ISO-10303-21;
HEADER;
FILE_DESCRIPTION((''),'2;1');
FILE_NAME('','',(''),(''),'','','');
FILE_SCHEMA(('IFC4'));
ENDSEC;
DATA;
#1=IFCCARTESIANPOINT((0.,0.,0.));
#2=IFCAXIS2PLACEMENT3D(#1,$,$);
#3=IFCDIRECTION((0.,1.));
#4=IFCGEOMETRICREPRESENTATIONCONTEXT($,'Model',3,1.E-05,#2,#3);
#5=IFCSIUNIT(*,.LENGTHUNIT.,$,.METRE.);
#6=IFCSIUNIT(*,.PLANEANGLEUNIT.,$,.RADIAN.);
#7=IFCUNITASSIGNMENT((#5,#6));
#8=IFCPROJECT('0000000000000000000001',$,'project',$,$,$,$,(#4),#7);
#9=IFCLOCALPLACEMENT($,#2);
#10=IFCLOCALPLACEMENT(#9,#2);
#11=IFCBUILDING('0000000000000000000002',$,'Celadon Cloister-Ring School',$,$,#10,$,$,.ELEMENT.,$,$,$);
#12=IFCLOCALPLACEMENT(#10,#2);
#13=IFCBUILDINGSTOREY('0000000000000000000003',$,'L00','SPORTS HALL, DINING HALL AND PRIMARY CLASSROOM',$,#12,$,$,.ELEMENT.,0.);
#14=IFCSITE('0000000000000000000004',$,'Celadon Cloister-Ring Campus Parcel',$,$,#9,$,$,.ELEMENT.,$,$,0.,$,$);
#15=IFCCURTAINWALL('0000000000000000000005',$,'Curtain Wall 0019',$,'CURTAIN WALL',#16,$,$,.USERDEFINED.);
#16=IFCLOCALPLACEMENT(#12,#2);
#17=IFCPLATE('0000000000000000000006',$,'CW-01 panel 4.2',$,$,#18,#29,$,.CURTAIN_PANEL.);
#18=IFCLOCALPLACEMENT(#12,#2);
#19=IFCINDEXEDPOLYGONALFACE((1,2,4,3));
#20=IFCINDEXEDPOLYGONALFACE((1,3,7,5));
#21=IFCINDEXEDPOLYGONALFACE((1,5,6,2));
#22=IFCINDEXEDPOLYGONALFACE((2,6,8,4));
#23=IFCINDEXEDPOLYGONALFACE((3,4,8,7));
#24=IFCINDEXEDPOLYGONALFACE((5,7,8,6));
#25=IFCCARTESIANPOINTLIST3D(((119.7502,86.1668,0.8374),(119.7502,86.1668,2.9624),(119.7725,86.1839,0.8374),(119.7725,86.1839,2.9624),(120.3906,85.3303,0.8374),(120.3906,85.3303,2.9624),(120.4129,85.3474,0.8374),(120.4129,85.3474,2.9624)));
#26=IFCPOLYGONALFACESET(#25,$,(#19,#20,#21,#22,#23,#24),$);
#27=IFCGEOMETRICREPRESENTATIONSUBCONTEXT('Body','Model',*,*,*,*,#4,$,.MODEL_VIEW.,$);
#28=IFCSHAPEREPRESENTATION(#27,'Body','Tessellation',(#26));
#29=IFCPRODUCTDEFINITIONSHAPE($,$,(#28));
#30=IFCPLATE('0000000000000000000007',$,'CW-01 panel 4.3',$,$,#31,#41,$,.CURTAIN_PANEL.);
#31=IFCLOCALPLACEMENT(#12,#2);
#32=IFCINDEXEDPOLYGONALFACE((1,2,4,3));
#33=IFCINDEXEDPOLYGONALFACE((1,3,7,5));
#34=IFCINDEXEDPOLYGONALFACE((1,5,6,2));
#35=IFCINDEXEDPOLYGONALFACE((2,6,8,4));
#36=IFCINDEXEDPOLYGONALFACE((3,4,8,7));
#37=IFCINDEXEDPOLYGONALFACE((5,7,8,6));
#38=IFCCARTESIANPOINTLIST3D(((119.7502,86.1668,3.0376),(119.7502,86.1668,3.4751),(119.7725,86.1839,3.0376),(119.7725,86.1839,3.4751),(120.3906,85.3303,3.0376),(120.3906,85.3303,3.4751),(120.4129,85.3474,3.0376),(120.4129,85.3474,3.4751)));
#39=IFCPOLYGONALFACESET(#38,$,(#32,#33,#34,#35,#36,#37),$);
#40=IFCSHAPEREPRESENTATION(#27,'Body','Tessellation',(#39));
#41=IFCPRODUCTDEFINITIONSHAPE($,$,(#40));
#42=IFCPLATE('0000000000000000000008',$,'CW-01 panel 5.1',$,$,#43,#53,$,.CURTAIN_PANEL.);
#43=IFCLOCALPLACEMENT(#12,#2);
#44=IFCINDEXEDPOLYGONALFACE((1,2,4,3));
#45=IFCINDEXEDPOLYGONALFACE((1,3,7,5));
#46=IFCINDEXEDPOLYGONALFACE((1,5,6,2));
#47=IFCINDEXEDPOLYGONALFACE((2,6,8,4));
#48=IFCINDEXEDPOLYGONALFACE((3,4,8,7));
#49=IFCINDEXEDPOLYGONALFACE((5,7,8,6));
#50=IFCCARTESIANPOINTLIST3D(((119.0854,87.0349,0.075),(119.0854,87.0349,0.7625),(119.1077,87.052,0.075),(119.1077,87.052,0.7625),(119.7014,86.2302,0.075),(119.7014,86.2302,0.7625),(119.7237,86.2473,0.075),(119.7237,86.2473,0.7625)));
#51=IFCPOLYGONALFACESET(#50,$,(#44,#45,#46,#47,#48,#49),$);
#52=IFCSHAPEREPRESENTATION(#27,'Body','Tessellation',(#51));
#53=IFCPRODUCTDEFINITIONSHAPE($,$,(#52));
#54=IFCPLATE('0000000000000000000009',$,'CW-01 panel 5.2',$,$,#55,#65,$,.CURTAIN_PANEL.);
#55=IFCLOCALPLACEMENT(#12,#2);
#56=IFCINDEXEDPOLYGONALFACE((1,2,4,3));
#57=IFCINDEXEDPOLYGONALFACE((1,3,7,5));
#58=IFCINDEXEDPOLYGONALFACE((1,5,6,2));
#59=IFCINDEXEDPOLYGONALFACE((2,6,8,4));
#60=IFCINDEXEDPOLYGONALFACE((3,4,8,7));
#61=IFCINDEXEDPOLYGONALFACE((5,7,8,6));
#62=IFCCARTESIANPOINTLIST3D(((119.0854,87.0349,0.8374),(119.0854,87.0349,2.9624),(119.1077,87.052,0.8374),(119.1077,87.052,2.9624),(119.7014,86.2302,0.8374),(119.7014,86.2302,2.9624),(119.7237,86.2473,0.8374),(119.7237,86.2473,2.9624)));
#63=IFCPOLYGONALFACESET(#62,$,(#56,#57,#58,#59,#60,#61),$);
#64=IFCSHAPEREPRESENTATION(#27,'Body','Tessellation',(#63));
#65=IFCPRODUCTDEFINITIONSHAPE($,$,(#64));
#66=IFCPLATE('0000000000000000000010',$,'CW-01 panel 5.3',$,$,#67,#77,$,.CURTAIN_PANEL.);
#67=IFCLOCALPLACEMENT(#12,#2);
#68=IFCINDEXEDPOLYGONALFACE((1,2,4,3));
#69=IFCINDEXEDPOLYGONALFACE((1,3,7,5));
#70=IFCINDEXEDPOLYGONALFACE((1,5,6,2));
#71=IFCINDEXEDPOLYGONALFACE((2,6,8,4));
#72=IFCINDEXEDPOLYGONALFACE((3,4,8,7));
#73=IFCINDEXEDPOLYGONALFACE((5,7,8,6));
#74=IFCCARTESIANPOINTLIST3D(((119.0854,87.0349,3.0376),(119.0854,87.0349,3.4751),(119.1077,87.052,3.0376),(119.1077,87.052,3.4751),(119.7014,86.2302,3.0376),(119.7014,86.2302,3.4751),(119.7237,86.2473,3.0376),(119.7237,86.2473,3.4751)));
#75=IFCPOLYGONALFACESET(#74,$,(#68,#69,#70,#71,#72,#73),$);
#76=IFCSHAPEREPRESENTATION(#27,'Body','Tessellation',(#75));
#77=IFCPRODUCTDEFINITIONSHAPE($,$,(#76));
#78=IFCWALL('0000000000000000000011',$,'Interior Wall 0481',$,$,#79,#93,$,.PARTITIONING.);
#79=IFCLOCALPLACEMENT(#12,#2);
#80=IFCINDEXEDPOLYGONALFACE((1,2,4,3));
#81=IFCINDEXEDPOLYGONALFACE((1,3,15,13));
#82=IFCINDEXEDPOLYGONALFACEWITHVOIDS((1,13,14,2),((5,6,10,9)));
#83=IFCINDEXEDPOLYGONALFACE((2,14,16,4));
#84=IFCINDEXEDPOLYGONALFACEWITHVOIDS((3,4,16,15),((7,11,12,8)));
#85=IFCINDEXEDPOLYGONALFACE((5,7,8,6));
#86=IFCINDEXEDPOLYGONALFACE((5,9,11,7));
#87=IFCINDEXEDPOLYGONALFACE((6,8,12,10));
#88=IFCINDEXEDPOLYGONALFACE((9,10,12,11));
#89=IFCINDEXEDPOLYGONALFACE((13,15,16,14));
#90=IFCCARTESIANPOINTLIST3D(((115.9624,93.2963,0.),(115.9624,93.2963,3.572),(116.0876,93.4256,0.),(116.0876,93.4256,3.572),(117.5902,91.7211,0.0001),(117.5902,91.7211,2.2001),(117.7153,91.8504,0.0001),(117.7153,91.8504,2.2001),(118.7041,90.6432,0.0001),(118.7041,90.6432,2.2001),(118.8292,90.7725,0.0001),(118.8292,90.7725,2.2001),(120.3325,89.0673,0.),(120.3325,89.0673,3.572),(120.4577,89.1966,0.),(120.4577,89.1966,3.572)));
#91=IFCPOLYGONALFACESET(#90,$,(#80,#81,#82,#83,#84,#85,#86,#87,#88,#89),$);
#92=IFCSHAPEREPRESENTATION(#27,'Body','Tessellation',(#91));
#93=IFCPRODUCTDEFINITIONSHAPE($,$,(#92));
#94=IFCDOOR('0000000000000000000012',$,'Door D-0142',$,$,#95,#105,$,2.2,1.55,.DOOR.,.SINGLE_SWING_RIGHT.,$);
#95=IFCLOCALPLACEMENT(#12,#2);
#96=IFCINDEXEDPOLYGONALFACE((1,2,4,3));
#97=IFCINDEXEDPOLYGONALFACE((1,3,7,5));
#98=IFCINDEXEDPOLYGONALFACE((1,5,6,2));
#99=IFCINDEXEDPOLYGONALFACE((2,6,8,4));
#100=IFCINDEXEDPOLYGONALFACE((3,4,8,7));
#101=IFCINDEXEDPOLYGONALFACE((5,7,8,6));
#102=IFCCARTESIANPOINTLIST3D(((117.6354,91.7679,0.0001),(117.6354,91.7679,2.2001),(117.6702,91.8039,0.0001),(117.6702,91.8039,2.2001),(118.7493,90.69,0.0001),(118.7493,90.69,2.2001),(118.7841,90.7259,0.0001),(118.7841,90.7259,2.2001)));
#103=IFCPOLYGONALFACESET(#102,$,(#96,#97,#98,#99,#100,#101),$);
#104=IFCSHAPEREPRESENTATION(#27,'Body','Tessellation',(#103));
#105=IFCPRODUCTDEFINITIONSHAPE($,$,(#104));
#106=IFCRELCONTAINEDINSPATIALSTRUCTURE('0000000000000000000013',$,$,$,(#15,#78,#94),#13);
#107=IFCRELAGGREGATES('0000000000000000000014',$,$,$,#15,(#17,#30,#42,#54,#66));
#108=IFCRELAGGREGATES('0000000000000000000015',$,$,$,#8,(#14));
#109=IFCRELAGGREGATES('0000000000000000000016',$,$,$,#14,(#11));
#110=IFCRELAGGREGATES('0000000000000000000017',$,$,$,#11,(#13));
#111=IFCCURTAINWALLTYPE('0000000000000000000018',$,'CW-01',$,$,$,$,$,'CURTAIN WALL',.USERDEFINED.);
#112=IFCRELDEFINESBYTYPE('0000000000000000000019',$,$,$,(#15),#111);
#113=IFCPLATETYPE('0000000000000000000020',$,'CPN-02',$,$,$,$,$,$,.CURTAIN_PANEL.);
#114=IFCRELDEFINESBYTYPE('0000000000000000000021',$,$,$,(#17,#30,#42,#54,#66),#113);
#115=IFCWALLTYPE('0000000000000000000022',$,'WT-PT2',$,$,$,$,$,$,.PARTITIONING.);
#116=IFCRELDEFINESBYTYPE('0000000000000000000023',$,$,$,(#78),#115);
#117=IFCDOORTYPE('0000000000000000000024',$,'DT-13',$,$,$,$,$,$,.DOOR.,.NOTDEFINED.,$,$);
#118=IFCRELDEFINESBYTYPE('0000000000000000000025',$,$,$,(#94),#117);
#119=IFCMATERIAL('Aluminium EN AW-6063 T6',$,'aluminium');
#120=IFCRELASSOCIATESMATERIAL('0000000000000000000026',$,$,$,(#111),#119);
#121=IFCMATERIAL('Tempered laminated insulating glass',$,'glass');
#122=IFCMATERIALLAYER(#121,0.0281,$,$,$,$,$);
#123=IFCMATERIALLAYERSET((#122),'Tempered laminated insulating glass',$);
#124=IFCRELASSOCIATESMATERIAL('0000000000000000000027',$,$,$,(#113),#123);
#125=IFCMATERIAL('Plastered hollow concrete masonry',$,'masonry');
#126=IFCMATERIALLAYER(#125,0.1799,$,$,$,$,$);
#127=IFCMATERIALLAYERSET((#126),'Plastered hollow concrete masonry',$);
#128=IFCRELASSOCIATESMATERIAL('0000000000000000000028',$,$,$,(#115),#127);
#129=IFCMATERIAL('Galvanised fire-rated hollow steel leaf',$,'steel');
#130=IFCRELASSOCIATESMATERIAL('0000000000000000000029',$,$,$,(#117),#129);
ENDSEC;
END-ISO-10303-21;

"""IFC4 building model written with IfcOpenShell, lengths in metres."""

from ifc_helpers import new_model, si_unit, direction, frame, frame_2d, origin, origin_2d, place, context, subcontext, project, spatial, rectangle, extrude, material, layer, layer_set, type_object, element, fill, aggregate, save


model = new_model("IFC4")

# Units and contexts
model_context = context("Model", 3, precision=1e-05, world=origin(), true_north=direction((0.0, 1.0)))
body_context = subcontext(model_context, "Body", "Model", "MODEL_VIEW")
ifc_project = project(units=[si_unit("LENGTHUNIT", "METRE"), si_unit("PLANEANGLEUNIT", "RADIAN")], contexts=[model_context])

# Site, building, storey
site_placement = place(None, origin())
site = spatial("IfcSite", under=ifc_project, at=site_placement, Name="Celadon Cloister-Ring Campus Parcel", CompositionType="ELEMENT", RefElevation=0.0)
building_placement = place(site_placement, origin())
building = spatial("IfcBuilding", under=site, at=building_placement, Name="Celadon Cloister-Ring School", CompositionType="ELEMENT")
storey_placement = place(building_placement, origin())
storey = spatial("IfcBuildingStorey", under=building, at=storey_placement, Name="L00", Description="SPORTS HALL, DINING HALL AND PRIMARY CLASSROOM", CompositionType="ELEMENT", Elevation=0.0)

# Curtain wall, plates
ifc_material_1 = material(Name="Aluminium EN AW-6063 T6", Category="aluminium")
curtain_wall_type = type_object("IfcCurtainWallType", Name="CW-01", ElementType="CURTAIN WALL", PredefinedType="USERDEFINED", material=ifc_material_1)
curtain_wall_placement = place(storey_placement, origin())
curtain_wall = element("IfcCurtainWall", 1, at=curtain_wall_placement, inside=storey, type_object=curtain_wall_type, Name="Curtain Wall 0019", ObjectType="CURTAIN WALL", PredefinedType="USERDEFINED")
ifc_material_2 = material(Name="Tempered laminated insulating glass", Category="glass")
ifc_layer_1 = layer(ifc_material_2, 0.0281)
ifc_layer_set_1 = layer_set([ifc_layer_1], Name="Tempered laminated insulating glass")
plate_type = type_object("IfcPlateType", Name="CPN-02", PredefinedType="CURTAIN_PANEL", material=ifc_layer_set_1)
plate_1_placement = place(storey_placement, frame((120.0815, 85.7571, 0.8374), z_axis=(0.0, 0.0, 1.0), x_axis=(-0.607876, 0.794032, 0.0)))
plate_1 = element("IfcPlate", 2, at=plate_1_placement, type_object=plate_type, Name="CW-01 panel 4.2", PredefinedType="CURTAIN_PANEL", context=body_context, shape_type="SweptSolid", body=[
    extrude(rectangle(XDim=1.0535, YDim=0.0281, at=origin_2d()), origin(), (0.0, 0.0, 1.0), 2.125),
])
plate_2_placement = place(storey_placement, frame((120.0815, 85.7571, 3.0376), z_axis=(0.0, 0.0, 1.0), x_axis=(-0.607876, 0.794032, 0.0)))
plate_2 = element("IfcPlate", 3, at=plate_2_placement, type_object=plate_type, Name="CW-01 panel 4.3", PredefinedType="CURTAIN_PANEL", context=body_context, shape_type="SweptSolid", body=[
    extrude(rectangle(XDim=1.0535, YDim=0.0281, at=origin_2d()), origin(), (0.0, 0.0, 1.0), 0.4375),
])
plate_3_placement = place(storey_placement, frame((119.4045, 86.6411, 0.075), z_axis=(0.0, 0.0, 1.0), x_axis=(-0.607876, 0.794032, 0.0)))
plate_3 = element("IfcPlate", 4, at=plate_3_placement, type_object=plate_type, Name="CW-01 panel 5.1", PredefinedType="CURTAIN_PANEL", context=body_context, shape_type="SweptSolid", body=[
    extrude(rectangle(XDim=1.0134, YDim=0.0281, at=origin_2d()), origin(), (0.0, 0.0, 1.0), 0.6875),
])
plate_4_placement = place(storey_placement, frame((119.4045, 86.6411, 0.8374), z_axis=(0.0, 0.0, 1.0), x_axis=(-0.607876, 0.794032, 0.0)))
plate_4 = element("IfcPlate", 5, at=plate_4_placement, type_object=plate_type, Name="CW-01 panel 5.2", PredefinedType="CURTAIN_PANEL", context=body_context, shape_type="SweptSolid", body=[
    extrude(rectangle(XDim=1.0134, YDim=0.0281, at=origin_2d()), origin(), (0.0, 0.0, 1.0), 2.125),
])
plate_5_placement = place(storey_placement, frame((119.4045, 86.6411, 3.0376), z_axis=(0.0, 0.0, 1.0), x_axis=(-0.607876, 0.794032, 0.0)))
plate_5 = element("IfcPlate", 6, at=plate_5_placement, type_object=plate_type, Name="CW-01 panel 5.3", PredefinedType="CURTAIN_PANEL", context=body_context, shape_type="SweptSolid", body=[
    extrude(rectangle(XDim=1.0134, YDim=0.0281, at=origin_2d()), origin(), (0.0, 0.0, 1.0), 0.4375),
])
aggregate(curtain_wall, [plate_1, plate_2, plate_3, plate_4, plate_5])

# Wall, opening, door
ifc_material_3 = material(Name="Plastered hollow concrete masonry", Category="masonry")
ifc_layer_2 = layer(ifc_material_3, 0.1799)
ifc_layer_set_2 = layer_set([ifc_layer_2], Name="Plastered hollow concrete masonry")
wall_type = type_object("IfcWallType", Name="WT-PT2", PredefinedType="PARTITIONING", material=ifc_layer_set_2)
wall_placement = place(storey_placement, frame((120.395, 89.1321, 0.0), z_axis=(0.0, 0.0, 1.0), x_axis=(-0.718614, 0.695409, 0.0)))
wall = element("IfcWall", 7, at=wall_placement, inside=storey, type_object=wall_type, Name="Interior Wall 0481", PredefinedType="PARTITIONING", context=body_context, shape_type="SweptSolid", body=[
    extrude(rectangle(XDim=6.0813, YDim=0.1799, at=frame_2d((3.0405, 0.0))), origin(), (0.0, 0.0, 1.0), 3.572),
])
opening_placement = place(wall_placement, frame((2.2661, 0.0, 0.0)))
opening = element("IfcOpeningElement", 8, at=opening_placement, cuts=wall, PredefinedType="OPENING", context=body_context, shape_type="SweptSolid", body=[
    extrude(rectangle(XDim=1.55, YDim=2.2, at=frame_2d((0.7749, 1.1001))), frame((0.0, 0.1001, 0.0), z_axis=(0.0, -1.0, 0.0), x_axis=(1.0, 0.0, 0.0)), (0.0, 0.0, 1.0), 0.2),
])
ifc_material_4 = material(Name="Galvanised fire-rated hollow steel leaf", Category="steel")
door_type = type_object("IfcDoorType", Name="DT-13", OperationType="NOTDEFINED", PredefinedType="DOOR", material=ifc_material_4)
door_placement = place(opening_placement, origin())
door = element("IfcDoor", 9, at=door_placement, inside=storey, type_object=door_type, Name="Door D-0142", OperationType="SINGLE_SWING_RIGHT", OverallHeight=2.2, OverallWidth=1.55, PredefinedType="DOOR", context=body_context, shape_type="SweptSolid", body=[
    extrude(rectangle(XDim=1.55, YDim=2.2, at=frame_2d((0.7749, 1.1001))), frame((0.0, 0.0249, 0.0), z_axis=(0.0, -1.0, 0.0), x_axis=(1.0, 0.0, 0.0)), (0.0, 0.0, 1.0), 0.05),
])
fill(opening, door)

save(model, "model.ifc")
